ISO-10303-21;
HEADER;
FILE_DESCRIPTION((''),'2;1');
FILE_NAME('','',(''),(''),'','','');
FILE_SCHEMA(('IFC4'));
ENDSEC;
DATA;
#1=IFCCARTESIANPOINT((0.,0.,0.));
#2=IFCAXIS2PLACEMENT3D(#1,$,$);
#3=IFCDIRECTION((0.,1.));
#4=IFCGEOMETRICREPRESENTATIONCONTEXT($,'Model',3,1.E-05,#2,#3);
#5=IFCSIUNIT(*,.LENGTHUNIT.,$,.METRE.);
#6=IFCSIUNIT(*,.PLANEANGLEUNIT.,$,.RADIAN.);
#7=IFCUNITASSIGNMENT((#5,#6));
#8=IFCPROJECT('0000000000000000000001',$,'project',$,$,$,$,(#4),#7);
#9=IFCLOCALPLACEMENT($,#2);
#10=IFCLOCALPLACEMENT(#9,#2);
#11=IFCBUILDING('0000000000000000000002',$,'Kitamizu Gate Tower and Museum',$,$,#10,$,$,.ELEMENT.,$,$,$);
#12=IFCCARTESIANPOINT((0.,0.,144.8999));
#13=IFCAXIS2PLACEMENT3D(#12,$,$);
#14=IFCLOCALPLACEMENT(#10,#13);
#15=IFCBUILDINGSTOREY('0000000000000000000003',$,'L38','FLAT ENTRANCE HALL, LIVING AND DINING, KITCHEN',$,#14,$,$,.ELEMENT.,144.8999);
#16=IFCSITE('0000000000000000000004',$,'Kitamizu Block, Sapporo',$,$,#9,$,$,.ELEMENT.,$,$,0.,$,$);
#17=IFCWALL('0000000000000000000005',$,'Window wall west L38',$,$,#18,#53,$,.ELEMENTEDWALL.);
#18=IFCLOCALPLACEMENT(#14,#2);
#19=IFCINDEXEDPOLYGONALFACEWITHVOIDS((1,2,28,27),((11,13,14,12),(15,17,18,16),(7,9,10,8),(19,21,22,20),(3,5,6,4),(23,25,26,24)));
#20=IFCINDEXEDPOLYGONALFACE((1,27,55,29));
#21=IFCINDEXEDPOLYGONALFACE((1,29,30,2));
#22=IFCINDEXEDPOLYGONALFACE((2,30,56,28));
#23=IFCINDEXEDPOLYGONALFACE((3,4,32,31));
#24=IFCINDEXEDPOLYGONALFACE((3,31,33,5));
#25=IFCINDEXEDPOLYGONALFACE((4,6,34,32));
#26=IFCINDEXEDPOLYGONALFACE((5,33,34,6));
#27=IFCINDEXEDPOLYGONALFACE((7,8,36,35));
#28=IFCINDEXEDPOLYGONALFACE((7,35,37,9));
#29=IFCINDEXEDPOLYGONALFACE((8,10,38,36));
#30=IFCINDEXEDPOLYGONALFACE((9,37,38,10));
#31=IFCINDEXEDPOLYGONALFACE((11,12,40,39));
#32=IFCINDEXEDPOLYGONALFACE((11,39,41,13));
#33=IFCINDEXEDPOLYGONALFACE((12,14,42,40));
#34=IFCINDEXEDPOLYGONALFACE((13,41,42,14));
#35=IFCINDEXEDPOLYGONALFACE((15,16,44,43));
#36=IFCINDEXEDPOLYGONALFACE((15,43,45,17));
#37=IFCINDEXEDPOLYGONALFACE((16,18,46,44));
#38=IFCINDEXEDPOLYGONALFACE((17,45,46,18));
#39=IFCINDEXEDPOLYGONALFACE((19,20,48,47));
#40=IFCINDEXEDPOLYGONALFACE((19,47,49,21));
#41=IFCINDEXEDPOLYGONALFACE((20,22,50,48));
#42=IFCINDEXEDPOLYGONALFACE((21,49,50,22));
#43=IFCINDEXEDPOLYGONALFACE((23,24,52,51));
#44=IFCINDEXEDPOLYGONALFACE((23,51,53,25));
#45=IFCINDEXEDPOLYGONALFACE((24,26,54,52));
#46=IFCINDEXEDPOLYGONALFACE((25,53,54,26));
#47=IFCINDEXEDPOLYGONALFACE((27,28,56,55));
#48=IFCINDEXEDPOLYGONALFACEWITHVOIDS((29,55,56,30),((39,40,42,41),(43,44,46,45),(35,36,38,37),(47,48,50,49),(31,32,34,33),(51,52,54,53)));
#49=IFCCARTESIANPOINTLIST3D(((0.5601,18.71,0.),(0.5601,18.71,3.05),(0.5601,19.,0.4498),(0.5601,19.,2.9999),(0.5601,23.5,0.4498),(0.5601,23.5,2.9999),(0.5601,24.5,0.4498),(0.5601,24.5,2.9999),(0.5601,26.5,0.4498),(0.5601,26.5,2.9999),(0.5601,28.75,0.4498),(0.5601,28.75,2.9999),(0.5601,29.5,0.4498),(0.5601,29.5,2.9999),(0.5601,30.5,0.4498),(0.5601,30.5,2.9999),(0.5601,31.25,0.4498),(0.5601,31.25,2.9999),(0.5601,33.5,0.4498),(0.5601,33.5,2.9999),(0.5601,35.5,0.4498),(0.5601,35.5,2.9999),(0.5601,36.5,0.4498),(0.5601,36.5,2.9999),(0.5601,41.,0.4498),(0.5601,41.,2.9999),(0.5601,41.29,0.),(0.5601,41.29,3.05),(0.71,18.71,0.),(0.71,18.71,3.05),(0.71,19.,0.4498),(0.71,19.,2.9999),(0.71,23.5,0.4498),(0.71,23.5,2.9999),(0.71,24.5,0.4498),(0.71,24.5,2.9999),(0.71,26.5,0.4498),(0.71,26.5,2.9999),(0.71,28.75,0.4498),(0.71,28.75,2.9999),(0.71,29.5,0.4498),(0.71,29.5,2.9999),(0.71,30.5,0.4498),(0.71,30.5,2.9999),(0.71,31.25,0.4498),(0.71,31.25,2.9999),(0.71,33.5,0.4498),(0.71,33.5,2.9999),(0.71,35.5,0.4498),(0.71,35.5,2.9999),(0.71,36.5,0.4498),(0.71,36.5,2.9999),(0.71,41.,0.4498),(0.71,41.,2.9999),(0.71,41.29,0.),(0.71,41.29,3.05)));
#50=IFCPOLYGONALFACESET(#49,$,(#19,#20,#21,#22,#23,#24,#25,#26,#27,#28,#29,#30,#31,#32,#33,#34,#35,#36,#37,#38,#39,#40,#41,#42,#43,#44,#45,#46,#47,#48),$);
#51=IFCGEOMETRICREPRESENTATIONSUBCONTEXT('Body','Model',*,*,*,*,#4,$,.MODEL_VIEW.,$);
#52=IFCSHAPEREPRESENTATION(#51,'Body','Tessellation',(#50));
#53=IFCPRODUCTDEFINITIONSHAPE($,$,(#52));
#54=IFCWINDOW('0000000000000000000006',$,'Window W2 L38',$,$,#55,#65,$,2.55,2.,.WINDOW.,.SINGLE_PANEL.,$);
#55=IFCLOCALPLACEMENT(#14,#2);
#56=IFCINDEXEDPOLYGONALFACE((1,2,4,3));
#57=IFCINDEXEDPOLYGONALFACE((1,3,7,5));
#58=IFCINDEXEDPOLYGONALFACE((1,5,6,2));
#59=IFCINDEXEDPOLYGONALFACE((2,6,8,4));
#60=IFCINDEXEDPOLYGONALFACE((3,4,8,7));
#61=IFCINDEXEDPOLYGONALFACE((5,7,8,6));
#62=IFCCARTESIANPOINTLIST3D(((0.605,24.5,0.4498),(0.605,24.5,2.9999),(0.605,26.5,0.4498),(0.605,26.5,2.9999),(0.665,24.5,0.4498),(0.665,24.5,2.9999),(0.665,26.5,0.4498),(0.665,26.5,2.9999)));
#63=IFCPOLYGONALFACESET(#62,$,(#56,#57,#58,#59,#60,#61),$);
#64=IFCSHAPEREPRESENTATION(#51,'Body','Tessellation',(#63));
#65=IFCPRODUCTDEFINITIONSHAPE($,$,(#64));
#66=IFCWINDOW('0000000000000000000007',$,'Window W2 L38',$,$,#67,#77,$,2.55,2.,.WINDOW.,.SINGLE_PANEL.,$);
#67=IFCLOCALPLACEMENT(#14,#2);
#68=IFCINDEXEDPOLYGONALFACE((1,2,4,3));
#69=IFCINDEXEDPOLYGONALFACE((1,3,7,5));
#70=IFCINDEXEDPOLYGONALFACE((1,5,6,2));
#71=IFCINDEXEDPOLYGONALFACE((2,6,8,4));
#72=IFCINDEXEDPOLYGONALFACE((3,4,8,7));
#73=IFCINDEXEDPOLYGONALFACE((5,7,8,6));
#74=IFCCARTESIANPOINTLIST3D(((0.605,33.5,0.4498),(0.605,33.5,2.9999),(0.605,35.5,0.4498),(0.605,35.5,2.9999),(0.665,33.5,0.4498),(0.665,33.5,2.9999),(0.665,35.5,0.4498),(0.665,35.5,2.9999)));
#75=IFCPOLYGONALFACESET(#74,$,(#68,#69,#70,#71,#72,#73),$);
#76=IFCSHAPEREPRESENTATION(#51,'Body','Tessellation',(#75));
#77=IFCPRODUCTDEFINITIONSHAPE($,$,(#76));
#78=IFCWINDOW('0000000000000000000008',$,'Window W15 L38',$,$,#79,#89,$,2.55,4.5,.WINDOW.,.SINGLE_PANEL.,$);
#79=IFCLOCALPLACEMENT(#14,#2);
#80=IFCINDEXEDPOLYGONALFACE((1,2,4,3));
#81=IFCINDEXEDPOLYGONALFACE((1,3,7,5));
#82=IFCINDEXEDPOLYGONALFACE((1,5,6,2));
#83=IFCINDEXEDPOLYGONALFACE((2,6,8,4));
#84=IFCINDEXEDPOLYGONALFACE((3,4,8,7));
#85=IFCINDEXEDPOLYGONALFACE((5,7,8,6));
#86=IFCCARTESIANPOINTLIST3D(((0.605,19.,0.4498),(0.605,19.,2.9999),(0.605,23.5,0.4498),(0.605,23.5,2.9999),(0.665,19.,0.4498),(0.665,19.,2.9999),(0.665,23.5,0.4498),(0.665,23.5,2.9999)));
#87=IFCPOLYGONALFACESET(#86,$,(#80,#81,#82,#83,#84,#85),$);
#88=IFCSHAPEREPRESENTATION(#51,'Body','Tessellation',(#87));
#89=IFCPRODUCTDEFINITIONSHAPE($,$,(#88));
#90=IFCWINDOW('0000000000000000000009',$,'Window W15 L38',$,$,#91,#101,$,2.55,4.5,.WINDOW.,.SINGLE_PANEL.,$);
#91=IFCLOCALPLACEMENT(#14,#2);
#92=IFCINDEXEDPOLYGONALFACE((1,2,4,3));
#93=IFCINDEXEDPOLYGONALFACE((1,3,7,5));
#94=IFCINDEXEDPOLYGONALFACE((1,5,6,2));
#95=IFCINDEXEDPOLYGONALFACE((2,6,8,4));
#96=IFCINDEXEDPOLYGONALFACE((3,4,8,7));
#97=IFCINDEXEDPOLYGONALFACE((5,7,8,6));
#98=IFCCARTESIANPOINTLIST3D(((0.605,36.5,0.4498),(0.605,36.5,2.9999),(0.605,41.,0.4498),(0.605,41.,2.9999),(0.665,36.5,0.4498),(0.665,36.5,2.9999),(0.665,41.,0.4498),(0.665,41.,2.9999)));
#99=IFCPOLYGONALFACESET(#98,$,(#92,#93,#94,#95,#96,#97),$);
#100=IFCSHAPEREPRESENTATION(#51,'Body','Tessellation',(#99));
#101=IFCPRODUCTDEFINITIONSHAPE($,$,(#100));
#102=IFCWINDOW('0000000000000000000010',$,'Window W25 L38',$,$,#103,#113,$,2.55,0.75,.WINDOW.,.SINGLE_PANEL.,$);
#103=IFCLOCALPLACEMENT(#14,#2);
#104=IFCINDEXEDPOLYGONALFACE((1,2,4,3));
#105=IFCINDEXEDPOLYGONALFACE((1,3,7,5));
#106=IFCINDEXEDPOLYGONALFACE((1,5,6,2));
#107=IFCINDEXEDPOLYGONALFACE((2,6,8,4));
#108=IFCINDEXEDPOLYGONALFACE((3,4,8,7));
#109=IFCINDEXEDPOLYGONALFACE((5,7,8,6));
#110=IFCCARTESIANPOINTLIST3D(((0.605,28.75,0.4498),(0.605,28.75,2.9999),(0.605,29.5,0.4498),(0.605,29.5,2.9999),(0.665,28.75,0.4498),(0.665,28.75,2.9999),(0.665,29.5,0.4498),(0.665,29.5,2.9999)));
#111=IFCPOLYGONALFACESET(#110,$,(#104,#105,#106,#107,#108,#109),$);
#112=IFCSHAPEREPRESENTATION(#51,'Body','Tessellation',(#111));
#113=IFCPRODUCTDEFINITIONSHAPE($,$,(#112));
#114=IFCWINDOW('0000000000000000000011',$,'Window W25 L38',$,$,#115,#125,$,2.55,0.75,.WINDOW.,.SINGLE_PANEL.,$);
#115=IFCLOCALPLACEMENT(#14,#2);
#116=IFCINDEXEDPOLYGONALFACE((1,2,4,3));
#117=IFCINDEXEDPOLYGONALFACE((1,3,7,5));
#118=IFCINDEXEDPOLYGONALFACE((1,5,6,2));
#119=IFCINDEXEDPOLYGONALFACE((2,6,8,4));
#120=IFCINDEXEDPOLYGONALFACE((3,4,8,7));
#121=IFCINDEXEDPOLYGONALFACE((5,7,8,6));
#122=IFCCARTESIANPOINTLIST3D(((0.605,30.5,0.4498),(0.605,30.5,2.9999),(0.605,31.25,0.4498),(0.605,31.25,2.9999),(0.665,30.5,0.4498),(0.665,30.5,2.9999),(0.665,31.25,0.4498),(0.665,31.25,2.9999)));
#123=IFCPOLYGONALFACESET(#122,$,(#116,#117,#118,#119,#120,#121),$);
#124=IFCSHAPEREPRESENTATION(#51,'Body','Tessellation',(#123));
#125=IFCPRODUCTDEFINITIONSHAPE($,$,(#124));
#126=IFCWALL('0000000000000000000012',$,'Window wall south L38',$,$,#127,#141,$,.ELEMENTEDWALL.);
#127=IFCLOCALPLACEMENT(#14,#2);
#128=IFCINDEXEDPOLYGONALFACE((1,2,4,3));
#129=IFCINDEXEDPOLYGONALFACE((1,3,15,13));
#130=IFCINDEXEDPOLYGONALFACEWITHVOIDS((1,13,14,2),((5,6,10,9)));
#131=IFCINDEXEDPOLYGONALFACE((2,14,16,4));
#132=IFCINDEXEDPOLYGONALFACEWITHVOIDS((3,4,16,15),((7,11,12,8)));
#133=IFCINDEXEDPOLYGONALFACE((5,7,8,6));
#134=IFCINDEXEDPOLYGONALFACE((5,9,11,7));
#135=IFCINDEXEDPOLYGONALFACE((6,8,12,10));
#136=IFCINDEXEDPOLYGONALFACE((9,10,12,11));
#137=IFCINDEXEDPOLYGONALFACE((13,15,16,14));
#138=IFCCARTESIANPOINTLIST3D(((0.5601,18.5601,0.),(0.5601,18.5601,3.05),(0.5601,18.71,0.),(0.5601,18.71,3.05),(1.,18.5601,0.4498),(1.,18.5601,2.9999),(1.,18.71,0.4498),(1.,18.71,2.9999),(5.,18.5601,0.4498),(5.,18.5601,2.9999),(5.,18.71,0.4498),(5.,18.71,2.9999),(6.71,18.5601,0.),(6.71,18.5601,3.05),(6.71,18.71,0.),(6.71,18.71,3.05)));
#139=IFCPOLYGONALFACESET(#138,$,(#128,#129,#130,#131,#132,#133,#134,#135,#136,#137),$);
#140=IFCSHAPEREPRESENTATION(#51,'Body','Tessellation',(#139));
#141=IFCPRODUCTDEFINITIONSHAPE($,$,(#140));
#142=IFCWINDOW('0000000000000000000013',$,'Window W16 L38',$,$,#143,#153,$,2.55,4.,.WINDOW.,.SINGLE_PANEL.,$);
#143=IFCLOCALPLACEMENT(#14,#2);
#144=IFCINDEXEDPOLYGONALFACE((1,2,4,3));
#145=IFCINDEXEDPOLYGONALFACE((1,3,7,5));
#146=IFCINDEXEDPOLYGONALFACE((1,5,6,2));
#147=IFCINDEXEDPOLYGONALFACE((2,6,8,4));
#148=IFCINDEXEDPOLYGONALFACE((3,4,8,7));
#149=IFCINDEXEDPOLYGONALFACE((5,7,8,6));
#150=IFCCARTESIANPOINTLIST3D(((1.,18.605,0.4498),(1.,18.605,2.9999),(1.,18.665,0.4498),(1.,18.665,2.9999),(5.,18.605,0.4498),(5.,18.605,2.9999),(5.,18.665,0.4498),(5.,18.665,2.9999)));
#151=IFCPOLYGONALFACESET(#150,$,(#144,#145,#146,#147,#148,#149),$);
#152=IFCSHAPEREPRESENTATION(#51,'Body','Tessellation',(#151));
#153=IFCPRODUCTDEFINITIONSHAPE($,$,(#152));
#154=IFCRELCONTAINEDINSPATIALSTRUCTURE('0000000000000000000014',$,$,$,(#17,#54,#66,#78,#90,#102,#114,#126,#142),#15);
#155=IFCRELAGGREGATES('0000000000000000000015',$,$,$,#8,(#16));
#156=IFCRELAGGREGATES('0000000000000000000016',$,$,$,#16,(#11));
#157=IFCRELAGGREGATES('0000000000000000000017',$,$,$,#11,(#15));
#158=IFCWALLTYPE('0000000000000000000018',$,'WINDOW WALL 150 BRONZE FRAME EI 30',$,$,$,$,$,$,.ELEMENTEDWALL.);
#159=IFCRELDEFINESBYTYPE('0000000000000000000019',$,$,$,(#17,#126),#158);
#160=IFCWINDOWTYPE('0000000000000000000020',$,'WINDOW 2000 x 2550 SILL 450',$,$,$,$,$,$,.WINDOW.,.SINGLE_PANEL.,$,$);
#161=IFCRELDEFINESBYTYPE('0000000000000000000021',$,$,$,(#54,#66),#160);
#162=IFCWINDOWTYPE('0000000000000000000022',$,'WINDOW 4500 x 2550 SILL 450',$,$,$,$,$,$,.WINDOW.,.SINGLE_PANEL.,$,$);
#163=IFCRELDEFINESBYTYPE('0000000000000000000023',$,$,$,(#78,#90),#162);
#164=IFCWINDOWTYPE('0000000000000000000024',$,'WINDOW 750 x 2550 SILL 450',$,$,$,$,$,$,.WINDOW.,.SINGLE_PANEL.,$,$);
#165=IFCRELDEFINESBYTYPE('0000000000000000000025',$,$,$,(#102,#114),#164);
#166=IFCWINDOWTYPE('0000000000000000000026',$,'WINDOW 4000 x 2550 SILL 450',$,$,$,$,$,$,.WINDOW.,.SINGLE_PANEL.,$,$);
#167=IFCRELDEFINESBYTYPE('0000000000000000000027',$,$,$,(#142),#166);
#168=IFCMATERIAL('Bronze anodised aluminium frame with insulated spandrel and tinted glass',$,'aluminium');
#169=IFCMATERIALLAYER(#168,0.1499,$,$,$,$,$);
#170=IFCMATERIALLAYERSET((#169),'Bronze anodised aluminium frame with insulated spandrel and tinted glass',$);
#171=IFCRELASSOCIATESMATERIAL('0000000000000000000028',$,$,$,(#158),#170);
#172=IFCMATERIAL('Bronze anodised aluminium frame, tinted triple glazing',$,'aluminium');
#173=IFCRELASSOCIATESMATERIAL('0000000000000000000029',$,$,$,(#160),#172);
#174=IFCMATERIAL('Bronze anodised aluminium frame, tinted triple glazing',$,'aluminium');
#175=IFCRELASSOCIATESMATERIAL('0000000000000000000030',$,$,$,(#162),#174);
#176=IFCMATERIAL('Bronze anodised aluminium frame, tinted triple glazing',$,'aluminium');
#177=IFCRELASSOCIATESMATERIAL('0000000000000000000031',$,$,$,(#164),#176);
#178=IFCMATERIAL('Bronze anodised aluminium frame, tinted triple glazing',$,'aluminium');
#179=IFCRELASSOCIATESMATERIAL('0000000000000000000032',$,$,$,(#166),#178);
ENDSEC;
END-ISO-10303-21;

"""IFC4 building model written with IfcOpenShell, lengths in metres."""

from ifc_helpers import new_model, si_unit, direction, frame, frame_2d, origin, place, context, subcontext, project, spatial, rectangle, extrude, material, layer, layer_set, type_object, element, fill, save


model = new_model("IFC4")

# Units and contexts
model_context = context("Model", 3, precision=1e-05, world=origin(), true_north=direction((0.0, 1.0)))
body_context = subcontext(model_context, "Body", "Model", "MODEL_VIEW")
ifc_project = project(units=[si_unit("LENGTHUNIT", "METRE"), si_unit("PLANEANGLEUNIT", "RADIAN")], contexts=[model_context])

# Site, building, storey
site_placement = place(None, origin())
site = spatial("IfcSite", under=ifc_project, at=site_placement, Name="Kitamizu Block, Sapporo", CompositionType="ELEMENT", RefElevation=0.0)
building_placement = place(site_placement, origin())
building = spatial("IfcBuilding", under=site, at=building_placement, Name="Kitamizu Gate Tower and Museum", CompositionType="ELEMENT")
storey_placement = place(building_placement, frame((0.0, 0.0, 144.8999)))
storey = spatial("IfcBuildingStorey", under=building, at=storey_placement, Name="L38", Description="FLAT ENTRANCE HALL, LIVING AND DINING, KITCHEN", CompositionType="ELEMENT", Elevation=144.8999)

# Wall, openings, windows
ifc_material_1 = material(Name="Bronze anodised aluminium frame with insulated spandrel and tinted glass", Category="aluminium")
ifc_layer_1 = layer(ifc_material_1, 0.1499)
ifc_layer_set_1 = layer_set([ifc_layer_1], Name="Bronze anodised aluminium frame with insulated spandrel and tinted glass")
wall_type_1 = type_object("IfcWallType", Name="WINDOW WALL 150 BRONZE FRAME EI 30", PredefinedType="ELEMENTEDWALL", material=ifc_layer_set_1)
wall_1_placement = place(storey_placement, frame((0.635, 18.71, 0.0), z_axis=(0.0, 0.0, 1.0), x_axis=(0.0, 1.0, 0.0)))
wall_1 = element("IfcWall", 1, at=wall_1_placement, inside=storey, type_object=wall_type_1, Name="Window wall west L38", PredefinedType="ELEMENTEDWALL", context=body_context, shape_type="SweptSolid", body=[
    extrude(rectangle(XDim=22.5801, YDim=0.1499, at=frame_2d((11.29, 0.0))), origin(), (0.0, 0.0, 1.0), 3.05),
])
opening_1_placement = place(wall_1_placement, frame((0.29, 0.0, 0.45)))
opening_1 = element("IfcOpeningElement", 2, at=opening_1_placement, cuts=wall_1, PredefinedType="OPENING", context=body_context, shape_type="SweptSolid", body=[
    extrude(rectangle(XDim=4.5, YDim=2.55, at=frame_2d((2.25, 1.2749))), frame((0.0, 0.085, 0.0), z_axis=(0.0, -1.0, 0.0), x_axis=(1.0, 0.0, 0.0)), (0.0, 0.0, 1.0), 0.1699),
])
opening_2_placement = place(wall_1_placement, frame((5.79, 0.0, 0.45)))
opening_2 = element("IfcOpeningElement", 3, at=opening_2_placement, cuts=wall_1, PredefinedType="OPENING", context=body_context, shape_type="SweptSolid", body=[
    extrude(rectangle(XDim=2.0, YDim=2.55, at=frame_2d((1.0, 1.2749))), frame((0.0, 0.085, 0.0), z_axis=(0.0, -1.0, 0.0), x_axis=(1.0, 0.0, 0.0)), (0.0, 0.0, 1.0), 0.1699),
])
opening_3_placement = place(wall_1_placement, frame((10.04, 0.0, 0.45)))
opening_3 = element("IfcOpeningElement", 4, at=opening_3_placement, cuts=wall_1, PredefinedType="OPENING", context=body_context, shape_type="SweptSolid", body=[
    extrude(rectangle(XDim=0.75, YDim=2.55, at=frame_2d((0.375, 1.2749))), frame((0.0, 0.085, 0.0), z_axis=(0.0, -1.0, 0.0), x_axis=(1.0, 0.0, 0.0)), (0.0, 0.0, 1.0), 0.1699),
])
opening_4_placement = place(wall_1_placement, frame((11.79, 0.0, 0.45)))
opening_4 = element("IfcOpeningElement", 5, at=opening_4_placement, cuts=wall_1, PredefinedType="OPENING", context=body_context, shape_type="SweptSolid", body=[
    extrude(rectangle(XDim=0.75, YDim=2.55, at=frame_2d((0.375, 1.2749))), frame((0.0, 0.085, 0.0), z_axis=(0.0, -1.0, 0.0), x_axis=(1.0, 0.0, 0.0)), (0.0, 0.0, 1.0), 0.1699),
])
opening_5_placement = place(wall_1_placement, frame((14.79, 0.0, 0.45)))
opening_5 = element("IfcOpeningElement", 6, at=opening_5_placement, cuts=wall_1, PredefinedType="OPENING", context=body_context, shape_type="SweptSolid", body=[
    extrude(rectangle(XDim=2.0, YDim=2.55, at=frame_2d((1.0, 1.2749))), frame((0.0, 0.085, 0.0), z_axis=(0.0, -1.0, 0.0), x_axis=(1.0, 0.0, 0.0)), (0.0, 0.0, 1.0), 0.1699),
])
opening_6_placement = place(wall_1_placement, frame((17.79, 0.0, 0.45)))
opening_6 = element("IfcOpeningElement", 7, at=opening_6_placement, cuts=wall_1, PredefinedType="OPENING", context=body_context, shape_type="SweptSolid", body=[
    extrude(rectangle(XDim=4.5, YDim=2.55, at=frame_2d((2.25, 1.2749))), frame((0.0, 0.085, 0.0), z_axis=(0.0, -1.0, 0.0), x_axis=(1.0, 0.0, 0.0)), (0.0, 0.0, 1.0), 0.1699),
])
ifc_material_2 = material(Name="Bronze anodised aluminium frame, tinted triple glazing", Category="aluminium")
window_type_1 = type_object("IfcWindowType", Name="WINDOW 2000 x 2550 SILL 450", PartitioningType="SINGLE_PANEL", PredefinedType="WINDOW", material=ifc_material_2)
window_1_placement = place(opening_2_placement, origin())
window_1 = element("IfcWindow", 8, at=window_1_placement, inside=storey, type_object=window_type_1, Name="Window W2 L38", OverallHeight=2.55, OverallWidth=2.0, PartitioningType="SINGLE_PANEL", PredefinedType="WINDOW", context=body_context, shape_type="SweptSolid", body=[
    extrude(rectangle(XDim=2.0, YDim=2.55, at=frame_2d((1.0, 1.2749))), frame((0.0, 0.03, 0.0), z_axis=(0.0, -1.0, 0.0), x_axis=(1.0, 0.0, 0.0)), (0.0, 0.0, 1.0), 0.0601),
])
fill(opening_2, window_1)
window_2_placement = place(opening_5_placement, origin())
window_2 = element("IfcWindow", 9, at=window_2_placement, inside=storey, type_object=window_type_1, Name="Window W2 L38", OverallHeight=2.55, OverallWidth=2.0, PartitioningType="SINGLE_PANEL", PredefinedType="WINDOW", context=body_context, shape_type="SweptSolid", body=[
    extrude(rectangle(XDim=2.0, YDim=2.55, at=frame_2d((1.0, 1.2749))), frame((0.0, 0.03, 0.0), z_axis=(0.0, -1.0, 0.0), x_axis=(1.0, 0.0, 0.0)), (0.0, 0.0, 1.0), 0.0601),
])
fill(opening_5, window_2)
ifc_material_3 = material(Name="Bronze anodised aluminium frame, tinted triple glazing", Category="aluminium")
window_type_2 = type_object("IfcWindowType", Name="WINDOW 4500 x 2550 SILL 450", PartitioningType="SINGLE_PANEL", PredefinedType="WINDOW", material=ifc_material_3)
window_3_placement = place(opening_1_placement, origin())
window_3 = element("IfcWindow", 10, at=window_3_placement, inside=storey, type_object=window_type_2, Name="Window W15 L38", OverallHeight=2.55, OverallWidth=4.5, PartitioningType="SINGLE_PANEL", PredefinedType="WINDOW", context=body_context, shape_type="SweptSolid", body=[
    extrude(rectangle(XDim=4.5, YDim=2.55, at=frame_2d((2.25, 1.2749))), frame((0.0, 0.03, 0.0), z_axis=(0.0, -1.0, 0.0), x_axis=(1.0, 0.0, 0.0)), (0.0, 0.0, 1.0), 0.0601),
])
fill(opening_1, window_3)
window_4_placement = place(opening_6_placement, origin())
window_4 = element("IfcWindow", 11, at=window_4_placement, inside=storey, type_object=window_type_2, Name="Window W15 L38", OverallHeight=2.55, OverallWidth=4.5, PartitioningType="SINGLE_PANEL", PredefinedType="WINDOW", context=body_context, shape_type="SweptSolid", body=[
    extrude(rectangle(XDim=4.5, YDim=2.55, at=frame_2d((2.25, 1.2749))), frame((0.0, 0.03, 0.0), z_axis=(0.0, -1.0, 0.0), x_axis=(1.0, 0.0, 0.0)), (0.0, 0.0, 1.0), 0.0601),
])
fill(opening_6, window_4)
ifc_material_4 = material(Name="Bronze anodised aluminium frame, tinted triple glazing", Category="aluminium")
window_type_3 = type_object("IfcWindowType", Name="WINDOW 750 x 2550 SILL 450", PartitioningType="SINGLE_PANEL", PredefinedType="WINDOW", material=ifc_material_4)
window_5_placement = place(opening_3_placement, origin())
window_5 = element("IfcWindow", 12, at=window_5_placement, inside=storey, type_object=window_type_3, Name="Window W25 L38", OverallHeight=2.55, OverallWidth=0.75, PartitioningType="SINGLE_PANEL", PredefinedType="WINDOW", context=body_context, shape_type="SweptSolid", body=[
    extrude(rectangle(XDim=0.75, YDim=2.55, at=frame_2d((0.375, 1.2749))), frame((0.0, 0.03, 0.0), z_axis=(0.0, -1.0, 0.0), x_axis=(1.0, 0.0, 0.0)), (0.0, 0.0, 1.0), 0.0601),
])
fill(opening_3, window_5)
window_6_placement = place(opening_4_placement, origin())
window_6 = element("IfcWindow", 13, at=window_6_placement, inside=storey, type_object=window_type_3, Name="Window W25 L38", OverallHeight=2.55, OverallWidth=0.75, PartitioningType="SINGLE_PANEL", PredefinedType="WINDOW", context=body_context, shape_type="SweptSolid", body=[
    extrude(rectangle(XDim=0.75, YDim=2.55, at=frame_2d((0.375, 1.2749))), frame((0.0, 0.03, 0.0), z_axis=(0.0, -1.0, 0.0), x_axis=(1.0, 0.0, 0.0)), (0.0, 0.0, 1.0), 0.0601),
])
fill(opening_4, window_6)

# Wall, opening, window
wall_2_placement = place(storey_placement, frame((0.5601, 18.635, 0.0), z_axis=(0.0, 0.0, 1.0), x_axis=(1.0, 0.0, 0.0)))
wall_2 = element("IfcWall", 14, at=wall_2_placement, inside=storey, type_object=wall_type_1, Name="Window wall south L38", PredefinedType="ELEMENTEDWALL", context=body_context, shape_type="SweptSolid", body=[
    extrude(rectangle(XDim=6.1499, YDim=0.1499, at=frame_2d((3.075, 0.0))), origin(), (0.0, 0.0, 1.0), 3.05),
])
opening_7_placement = place(wall_2_placement, frame((0.4399, 0.0, 0.45)))
opening_7 = element("IfcOpeningElement", 15, at=opening_7_placement, cuts=wall_2, PredefinedType="OPENING", context=body_context, shape_type="SweptSolid", body=[
    extrude(rectangle(XDim=4.0, YDim=2.55, at=frame_2d((2.0, 1.2749))), frame((0.0, 0.085, 0.0), z_axis=(0.0, -1.0, 0.0), x_axis=(1.0, 0.0, 0.0)), (0.0, 0.0, 1.0), 0.1699),
])
ifc_material_5 = material(Name="Bronze anodised aluminium frame, tinted triple glazing", Category="aluminium")
window_type_4 = type_object("IfcWindowType", Name="WINDOW 4000 x 2550 SILL 450", PartitioningType="SINGLE_PANEL", PredefinedType="WINDOW", material=ifc_material_5)
window_7_placement = place(opening_7_placement, origin())
window_7 = element("IfcWindow", 16, at=window_7_placement, inside=storey, type_object=window_type_4, Name="Window W16 L38", OverallHeight=2.55, OverallWidth=4.0, PartitioningType="SINGLE_PANEL", PredefinedType="WINDOW", context=body_context, shape_type="SweptSolid", body=[
    extrude(rectangle(XDim=4.0, YDim=2.55, at=frame_2d((2.0, 1.2749))), frame((0.0, 0.03, 0.0), z_axis=(0.0, -1.0, 0.0), x_axis=(1.0, 0.0, 0.0)), (0.0, 0.0, 1.0), 0.0601),
])
fill(opening_7, window_7)

save(model, "model.ifc")
